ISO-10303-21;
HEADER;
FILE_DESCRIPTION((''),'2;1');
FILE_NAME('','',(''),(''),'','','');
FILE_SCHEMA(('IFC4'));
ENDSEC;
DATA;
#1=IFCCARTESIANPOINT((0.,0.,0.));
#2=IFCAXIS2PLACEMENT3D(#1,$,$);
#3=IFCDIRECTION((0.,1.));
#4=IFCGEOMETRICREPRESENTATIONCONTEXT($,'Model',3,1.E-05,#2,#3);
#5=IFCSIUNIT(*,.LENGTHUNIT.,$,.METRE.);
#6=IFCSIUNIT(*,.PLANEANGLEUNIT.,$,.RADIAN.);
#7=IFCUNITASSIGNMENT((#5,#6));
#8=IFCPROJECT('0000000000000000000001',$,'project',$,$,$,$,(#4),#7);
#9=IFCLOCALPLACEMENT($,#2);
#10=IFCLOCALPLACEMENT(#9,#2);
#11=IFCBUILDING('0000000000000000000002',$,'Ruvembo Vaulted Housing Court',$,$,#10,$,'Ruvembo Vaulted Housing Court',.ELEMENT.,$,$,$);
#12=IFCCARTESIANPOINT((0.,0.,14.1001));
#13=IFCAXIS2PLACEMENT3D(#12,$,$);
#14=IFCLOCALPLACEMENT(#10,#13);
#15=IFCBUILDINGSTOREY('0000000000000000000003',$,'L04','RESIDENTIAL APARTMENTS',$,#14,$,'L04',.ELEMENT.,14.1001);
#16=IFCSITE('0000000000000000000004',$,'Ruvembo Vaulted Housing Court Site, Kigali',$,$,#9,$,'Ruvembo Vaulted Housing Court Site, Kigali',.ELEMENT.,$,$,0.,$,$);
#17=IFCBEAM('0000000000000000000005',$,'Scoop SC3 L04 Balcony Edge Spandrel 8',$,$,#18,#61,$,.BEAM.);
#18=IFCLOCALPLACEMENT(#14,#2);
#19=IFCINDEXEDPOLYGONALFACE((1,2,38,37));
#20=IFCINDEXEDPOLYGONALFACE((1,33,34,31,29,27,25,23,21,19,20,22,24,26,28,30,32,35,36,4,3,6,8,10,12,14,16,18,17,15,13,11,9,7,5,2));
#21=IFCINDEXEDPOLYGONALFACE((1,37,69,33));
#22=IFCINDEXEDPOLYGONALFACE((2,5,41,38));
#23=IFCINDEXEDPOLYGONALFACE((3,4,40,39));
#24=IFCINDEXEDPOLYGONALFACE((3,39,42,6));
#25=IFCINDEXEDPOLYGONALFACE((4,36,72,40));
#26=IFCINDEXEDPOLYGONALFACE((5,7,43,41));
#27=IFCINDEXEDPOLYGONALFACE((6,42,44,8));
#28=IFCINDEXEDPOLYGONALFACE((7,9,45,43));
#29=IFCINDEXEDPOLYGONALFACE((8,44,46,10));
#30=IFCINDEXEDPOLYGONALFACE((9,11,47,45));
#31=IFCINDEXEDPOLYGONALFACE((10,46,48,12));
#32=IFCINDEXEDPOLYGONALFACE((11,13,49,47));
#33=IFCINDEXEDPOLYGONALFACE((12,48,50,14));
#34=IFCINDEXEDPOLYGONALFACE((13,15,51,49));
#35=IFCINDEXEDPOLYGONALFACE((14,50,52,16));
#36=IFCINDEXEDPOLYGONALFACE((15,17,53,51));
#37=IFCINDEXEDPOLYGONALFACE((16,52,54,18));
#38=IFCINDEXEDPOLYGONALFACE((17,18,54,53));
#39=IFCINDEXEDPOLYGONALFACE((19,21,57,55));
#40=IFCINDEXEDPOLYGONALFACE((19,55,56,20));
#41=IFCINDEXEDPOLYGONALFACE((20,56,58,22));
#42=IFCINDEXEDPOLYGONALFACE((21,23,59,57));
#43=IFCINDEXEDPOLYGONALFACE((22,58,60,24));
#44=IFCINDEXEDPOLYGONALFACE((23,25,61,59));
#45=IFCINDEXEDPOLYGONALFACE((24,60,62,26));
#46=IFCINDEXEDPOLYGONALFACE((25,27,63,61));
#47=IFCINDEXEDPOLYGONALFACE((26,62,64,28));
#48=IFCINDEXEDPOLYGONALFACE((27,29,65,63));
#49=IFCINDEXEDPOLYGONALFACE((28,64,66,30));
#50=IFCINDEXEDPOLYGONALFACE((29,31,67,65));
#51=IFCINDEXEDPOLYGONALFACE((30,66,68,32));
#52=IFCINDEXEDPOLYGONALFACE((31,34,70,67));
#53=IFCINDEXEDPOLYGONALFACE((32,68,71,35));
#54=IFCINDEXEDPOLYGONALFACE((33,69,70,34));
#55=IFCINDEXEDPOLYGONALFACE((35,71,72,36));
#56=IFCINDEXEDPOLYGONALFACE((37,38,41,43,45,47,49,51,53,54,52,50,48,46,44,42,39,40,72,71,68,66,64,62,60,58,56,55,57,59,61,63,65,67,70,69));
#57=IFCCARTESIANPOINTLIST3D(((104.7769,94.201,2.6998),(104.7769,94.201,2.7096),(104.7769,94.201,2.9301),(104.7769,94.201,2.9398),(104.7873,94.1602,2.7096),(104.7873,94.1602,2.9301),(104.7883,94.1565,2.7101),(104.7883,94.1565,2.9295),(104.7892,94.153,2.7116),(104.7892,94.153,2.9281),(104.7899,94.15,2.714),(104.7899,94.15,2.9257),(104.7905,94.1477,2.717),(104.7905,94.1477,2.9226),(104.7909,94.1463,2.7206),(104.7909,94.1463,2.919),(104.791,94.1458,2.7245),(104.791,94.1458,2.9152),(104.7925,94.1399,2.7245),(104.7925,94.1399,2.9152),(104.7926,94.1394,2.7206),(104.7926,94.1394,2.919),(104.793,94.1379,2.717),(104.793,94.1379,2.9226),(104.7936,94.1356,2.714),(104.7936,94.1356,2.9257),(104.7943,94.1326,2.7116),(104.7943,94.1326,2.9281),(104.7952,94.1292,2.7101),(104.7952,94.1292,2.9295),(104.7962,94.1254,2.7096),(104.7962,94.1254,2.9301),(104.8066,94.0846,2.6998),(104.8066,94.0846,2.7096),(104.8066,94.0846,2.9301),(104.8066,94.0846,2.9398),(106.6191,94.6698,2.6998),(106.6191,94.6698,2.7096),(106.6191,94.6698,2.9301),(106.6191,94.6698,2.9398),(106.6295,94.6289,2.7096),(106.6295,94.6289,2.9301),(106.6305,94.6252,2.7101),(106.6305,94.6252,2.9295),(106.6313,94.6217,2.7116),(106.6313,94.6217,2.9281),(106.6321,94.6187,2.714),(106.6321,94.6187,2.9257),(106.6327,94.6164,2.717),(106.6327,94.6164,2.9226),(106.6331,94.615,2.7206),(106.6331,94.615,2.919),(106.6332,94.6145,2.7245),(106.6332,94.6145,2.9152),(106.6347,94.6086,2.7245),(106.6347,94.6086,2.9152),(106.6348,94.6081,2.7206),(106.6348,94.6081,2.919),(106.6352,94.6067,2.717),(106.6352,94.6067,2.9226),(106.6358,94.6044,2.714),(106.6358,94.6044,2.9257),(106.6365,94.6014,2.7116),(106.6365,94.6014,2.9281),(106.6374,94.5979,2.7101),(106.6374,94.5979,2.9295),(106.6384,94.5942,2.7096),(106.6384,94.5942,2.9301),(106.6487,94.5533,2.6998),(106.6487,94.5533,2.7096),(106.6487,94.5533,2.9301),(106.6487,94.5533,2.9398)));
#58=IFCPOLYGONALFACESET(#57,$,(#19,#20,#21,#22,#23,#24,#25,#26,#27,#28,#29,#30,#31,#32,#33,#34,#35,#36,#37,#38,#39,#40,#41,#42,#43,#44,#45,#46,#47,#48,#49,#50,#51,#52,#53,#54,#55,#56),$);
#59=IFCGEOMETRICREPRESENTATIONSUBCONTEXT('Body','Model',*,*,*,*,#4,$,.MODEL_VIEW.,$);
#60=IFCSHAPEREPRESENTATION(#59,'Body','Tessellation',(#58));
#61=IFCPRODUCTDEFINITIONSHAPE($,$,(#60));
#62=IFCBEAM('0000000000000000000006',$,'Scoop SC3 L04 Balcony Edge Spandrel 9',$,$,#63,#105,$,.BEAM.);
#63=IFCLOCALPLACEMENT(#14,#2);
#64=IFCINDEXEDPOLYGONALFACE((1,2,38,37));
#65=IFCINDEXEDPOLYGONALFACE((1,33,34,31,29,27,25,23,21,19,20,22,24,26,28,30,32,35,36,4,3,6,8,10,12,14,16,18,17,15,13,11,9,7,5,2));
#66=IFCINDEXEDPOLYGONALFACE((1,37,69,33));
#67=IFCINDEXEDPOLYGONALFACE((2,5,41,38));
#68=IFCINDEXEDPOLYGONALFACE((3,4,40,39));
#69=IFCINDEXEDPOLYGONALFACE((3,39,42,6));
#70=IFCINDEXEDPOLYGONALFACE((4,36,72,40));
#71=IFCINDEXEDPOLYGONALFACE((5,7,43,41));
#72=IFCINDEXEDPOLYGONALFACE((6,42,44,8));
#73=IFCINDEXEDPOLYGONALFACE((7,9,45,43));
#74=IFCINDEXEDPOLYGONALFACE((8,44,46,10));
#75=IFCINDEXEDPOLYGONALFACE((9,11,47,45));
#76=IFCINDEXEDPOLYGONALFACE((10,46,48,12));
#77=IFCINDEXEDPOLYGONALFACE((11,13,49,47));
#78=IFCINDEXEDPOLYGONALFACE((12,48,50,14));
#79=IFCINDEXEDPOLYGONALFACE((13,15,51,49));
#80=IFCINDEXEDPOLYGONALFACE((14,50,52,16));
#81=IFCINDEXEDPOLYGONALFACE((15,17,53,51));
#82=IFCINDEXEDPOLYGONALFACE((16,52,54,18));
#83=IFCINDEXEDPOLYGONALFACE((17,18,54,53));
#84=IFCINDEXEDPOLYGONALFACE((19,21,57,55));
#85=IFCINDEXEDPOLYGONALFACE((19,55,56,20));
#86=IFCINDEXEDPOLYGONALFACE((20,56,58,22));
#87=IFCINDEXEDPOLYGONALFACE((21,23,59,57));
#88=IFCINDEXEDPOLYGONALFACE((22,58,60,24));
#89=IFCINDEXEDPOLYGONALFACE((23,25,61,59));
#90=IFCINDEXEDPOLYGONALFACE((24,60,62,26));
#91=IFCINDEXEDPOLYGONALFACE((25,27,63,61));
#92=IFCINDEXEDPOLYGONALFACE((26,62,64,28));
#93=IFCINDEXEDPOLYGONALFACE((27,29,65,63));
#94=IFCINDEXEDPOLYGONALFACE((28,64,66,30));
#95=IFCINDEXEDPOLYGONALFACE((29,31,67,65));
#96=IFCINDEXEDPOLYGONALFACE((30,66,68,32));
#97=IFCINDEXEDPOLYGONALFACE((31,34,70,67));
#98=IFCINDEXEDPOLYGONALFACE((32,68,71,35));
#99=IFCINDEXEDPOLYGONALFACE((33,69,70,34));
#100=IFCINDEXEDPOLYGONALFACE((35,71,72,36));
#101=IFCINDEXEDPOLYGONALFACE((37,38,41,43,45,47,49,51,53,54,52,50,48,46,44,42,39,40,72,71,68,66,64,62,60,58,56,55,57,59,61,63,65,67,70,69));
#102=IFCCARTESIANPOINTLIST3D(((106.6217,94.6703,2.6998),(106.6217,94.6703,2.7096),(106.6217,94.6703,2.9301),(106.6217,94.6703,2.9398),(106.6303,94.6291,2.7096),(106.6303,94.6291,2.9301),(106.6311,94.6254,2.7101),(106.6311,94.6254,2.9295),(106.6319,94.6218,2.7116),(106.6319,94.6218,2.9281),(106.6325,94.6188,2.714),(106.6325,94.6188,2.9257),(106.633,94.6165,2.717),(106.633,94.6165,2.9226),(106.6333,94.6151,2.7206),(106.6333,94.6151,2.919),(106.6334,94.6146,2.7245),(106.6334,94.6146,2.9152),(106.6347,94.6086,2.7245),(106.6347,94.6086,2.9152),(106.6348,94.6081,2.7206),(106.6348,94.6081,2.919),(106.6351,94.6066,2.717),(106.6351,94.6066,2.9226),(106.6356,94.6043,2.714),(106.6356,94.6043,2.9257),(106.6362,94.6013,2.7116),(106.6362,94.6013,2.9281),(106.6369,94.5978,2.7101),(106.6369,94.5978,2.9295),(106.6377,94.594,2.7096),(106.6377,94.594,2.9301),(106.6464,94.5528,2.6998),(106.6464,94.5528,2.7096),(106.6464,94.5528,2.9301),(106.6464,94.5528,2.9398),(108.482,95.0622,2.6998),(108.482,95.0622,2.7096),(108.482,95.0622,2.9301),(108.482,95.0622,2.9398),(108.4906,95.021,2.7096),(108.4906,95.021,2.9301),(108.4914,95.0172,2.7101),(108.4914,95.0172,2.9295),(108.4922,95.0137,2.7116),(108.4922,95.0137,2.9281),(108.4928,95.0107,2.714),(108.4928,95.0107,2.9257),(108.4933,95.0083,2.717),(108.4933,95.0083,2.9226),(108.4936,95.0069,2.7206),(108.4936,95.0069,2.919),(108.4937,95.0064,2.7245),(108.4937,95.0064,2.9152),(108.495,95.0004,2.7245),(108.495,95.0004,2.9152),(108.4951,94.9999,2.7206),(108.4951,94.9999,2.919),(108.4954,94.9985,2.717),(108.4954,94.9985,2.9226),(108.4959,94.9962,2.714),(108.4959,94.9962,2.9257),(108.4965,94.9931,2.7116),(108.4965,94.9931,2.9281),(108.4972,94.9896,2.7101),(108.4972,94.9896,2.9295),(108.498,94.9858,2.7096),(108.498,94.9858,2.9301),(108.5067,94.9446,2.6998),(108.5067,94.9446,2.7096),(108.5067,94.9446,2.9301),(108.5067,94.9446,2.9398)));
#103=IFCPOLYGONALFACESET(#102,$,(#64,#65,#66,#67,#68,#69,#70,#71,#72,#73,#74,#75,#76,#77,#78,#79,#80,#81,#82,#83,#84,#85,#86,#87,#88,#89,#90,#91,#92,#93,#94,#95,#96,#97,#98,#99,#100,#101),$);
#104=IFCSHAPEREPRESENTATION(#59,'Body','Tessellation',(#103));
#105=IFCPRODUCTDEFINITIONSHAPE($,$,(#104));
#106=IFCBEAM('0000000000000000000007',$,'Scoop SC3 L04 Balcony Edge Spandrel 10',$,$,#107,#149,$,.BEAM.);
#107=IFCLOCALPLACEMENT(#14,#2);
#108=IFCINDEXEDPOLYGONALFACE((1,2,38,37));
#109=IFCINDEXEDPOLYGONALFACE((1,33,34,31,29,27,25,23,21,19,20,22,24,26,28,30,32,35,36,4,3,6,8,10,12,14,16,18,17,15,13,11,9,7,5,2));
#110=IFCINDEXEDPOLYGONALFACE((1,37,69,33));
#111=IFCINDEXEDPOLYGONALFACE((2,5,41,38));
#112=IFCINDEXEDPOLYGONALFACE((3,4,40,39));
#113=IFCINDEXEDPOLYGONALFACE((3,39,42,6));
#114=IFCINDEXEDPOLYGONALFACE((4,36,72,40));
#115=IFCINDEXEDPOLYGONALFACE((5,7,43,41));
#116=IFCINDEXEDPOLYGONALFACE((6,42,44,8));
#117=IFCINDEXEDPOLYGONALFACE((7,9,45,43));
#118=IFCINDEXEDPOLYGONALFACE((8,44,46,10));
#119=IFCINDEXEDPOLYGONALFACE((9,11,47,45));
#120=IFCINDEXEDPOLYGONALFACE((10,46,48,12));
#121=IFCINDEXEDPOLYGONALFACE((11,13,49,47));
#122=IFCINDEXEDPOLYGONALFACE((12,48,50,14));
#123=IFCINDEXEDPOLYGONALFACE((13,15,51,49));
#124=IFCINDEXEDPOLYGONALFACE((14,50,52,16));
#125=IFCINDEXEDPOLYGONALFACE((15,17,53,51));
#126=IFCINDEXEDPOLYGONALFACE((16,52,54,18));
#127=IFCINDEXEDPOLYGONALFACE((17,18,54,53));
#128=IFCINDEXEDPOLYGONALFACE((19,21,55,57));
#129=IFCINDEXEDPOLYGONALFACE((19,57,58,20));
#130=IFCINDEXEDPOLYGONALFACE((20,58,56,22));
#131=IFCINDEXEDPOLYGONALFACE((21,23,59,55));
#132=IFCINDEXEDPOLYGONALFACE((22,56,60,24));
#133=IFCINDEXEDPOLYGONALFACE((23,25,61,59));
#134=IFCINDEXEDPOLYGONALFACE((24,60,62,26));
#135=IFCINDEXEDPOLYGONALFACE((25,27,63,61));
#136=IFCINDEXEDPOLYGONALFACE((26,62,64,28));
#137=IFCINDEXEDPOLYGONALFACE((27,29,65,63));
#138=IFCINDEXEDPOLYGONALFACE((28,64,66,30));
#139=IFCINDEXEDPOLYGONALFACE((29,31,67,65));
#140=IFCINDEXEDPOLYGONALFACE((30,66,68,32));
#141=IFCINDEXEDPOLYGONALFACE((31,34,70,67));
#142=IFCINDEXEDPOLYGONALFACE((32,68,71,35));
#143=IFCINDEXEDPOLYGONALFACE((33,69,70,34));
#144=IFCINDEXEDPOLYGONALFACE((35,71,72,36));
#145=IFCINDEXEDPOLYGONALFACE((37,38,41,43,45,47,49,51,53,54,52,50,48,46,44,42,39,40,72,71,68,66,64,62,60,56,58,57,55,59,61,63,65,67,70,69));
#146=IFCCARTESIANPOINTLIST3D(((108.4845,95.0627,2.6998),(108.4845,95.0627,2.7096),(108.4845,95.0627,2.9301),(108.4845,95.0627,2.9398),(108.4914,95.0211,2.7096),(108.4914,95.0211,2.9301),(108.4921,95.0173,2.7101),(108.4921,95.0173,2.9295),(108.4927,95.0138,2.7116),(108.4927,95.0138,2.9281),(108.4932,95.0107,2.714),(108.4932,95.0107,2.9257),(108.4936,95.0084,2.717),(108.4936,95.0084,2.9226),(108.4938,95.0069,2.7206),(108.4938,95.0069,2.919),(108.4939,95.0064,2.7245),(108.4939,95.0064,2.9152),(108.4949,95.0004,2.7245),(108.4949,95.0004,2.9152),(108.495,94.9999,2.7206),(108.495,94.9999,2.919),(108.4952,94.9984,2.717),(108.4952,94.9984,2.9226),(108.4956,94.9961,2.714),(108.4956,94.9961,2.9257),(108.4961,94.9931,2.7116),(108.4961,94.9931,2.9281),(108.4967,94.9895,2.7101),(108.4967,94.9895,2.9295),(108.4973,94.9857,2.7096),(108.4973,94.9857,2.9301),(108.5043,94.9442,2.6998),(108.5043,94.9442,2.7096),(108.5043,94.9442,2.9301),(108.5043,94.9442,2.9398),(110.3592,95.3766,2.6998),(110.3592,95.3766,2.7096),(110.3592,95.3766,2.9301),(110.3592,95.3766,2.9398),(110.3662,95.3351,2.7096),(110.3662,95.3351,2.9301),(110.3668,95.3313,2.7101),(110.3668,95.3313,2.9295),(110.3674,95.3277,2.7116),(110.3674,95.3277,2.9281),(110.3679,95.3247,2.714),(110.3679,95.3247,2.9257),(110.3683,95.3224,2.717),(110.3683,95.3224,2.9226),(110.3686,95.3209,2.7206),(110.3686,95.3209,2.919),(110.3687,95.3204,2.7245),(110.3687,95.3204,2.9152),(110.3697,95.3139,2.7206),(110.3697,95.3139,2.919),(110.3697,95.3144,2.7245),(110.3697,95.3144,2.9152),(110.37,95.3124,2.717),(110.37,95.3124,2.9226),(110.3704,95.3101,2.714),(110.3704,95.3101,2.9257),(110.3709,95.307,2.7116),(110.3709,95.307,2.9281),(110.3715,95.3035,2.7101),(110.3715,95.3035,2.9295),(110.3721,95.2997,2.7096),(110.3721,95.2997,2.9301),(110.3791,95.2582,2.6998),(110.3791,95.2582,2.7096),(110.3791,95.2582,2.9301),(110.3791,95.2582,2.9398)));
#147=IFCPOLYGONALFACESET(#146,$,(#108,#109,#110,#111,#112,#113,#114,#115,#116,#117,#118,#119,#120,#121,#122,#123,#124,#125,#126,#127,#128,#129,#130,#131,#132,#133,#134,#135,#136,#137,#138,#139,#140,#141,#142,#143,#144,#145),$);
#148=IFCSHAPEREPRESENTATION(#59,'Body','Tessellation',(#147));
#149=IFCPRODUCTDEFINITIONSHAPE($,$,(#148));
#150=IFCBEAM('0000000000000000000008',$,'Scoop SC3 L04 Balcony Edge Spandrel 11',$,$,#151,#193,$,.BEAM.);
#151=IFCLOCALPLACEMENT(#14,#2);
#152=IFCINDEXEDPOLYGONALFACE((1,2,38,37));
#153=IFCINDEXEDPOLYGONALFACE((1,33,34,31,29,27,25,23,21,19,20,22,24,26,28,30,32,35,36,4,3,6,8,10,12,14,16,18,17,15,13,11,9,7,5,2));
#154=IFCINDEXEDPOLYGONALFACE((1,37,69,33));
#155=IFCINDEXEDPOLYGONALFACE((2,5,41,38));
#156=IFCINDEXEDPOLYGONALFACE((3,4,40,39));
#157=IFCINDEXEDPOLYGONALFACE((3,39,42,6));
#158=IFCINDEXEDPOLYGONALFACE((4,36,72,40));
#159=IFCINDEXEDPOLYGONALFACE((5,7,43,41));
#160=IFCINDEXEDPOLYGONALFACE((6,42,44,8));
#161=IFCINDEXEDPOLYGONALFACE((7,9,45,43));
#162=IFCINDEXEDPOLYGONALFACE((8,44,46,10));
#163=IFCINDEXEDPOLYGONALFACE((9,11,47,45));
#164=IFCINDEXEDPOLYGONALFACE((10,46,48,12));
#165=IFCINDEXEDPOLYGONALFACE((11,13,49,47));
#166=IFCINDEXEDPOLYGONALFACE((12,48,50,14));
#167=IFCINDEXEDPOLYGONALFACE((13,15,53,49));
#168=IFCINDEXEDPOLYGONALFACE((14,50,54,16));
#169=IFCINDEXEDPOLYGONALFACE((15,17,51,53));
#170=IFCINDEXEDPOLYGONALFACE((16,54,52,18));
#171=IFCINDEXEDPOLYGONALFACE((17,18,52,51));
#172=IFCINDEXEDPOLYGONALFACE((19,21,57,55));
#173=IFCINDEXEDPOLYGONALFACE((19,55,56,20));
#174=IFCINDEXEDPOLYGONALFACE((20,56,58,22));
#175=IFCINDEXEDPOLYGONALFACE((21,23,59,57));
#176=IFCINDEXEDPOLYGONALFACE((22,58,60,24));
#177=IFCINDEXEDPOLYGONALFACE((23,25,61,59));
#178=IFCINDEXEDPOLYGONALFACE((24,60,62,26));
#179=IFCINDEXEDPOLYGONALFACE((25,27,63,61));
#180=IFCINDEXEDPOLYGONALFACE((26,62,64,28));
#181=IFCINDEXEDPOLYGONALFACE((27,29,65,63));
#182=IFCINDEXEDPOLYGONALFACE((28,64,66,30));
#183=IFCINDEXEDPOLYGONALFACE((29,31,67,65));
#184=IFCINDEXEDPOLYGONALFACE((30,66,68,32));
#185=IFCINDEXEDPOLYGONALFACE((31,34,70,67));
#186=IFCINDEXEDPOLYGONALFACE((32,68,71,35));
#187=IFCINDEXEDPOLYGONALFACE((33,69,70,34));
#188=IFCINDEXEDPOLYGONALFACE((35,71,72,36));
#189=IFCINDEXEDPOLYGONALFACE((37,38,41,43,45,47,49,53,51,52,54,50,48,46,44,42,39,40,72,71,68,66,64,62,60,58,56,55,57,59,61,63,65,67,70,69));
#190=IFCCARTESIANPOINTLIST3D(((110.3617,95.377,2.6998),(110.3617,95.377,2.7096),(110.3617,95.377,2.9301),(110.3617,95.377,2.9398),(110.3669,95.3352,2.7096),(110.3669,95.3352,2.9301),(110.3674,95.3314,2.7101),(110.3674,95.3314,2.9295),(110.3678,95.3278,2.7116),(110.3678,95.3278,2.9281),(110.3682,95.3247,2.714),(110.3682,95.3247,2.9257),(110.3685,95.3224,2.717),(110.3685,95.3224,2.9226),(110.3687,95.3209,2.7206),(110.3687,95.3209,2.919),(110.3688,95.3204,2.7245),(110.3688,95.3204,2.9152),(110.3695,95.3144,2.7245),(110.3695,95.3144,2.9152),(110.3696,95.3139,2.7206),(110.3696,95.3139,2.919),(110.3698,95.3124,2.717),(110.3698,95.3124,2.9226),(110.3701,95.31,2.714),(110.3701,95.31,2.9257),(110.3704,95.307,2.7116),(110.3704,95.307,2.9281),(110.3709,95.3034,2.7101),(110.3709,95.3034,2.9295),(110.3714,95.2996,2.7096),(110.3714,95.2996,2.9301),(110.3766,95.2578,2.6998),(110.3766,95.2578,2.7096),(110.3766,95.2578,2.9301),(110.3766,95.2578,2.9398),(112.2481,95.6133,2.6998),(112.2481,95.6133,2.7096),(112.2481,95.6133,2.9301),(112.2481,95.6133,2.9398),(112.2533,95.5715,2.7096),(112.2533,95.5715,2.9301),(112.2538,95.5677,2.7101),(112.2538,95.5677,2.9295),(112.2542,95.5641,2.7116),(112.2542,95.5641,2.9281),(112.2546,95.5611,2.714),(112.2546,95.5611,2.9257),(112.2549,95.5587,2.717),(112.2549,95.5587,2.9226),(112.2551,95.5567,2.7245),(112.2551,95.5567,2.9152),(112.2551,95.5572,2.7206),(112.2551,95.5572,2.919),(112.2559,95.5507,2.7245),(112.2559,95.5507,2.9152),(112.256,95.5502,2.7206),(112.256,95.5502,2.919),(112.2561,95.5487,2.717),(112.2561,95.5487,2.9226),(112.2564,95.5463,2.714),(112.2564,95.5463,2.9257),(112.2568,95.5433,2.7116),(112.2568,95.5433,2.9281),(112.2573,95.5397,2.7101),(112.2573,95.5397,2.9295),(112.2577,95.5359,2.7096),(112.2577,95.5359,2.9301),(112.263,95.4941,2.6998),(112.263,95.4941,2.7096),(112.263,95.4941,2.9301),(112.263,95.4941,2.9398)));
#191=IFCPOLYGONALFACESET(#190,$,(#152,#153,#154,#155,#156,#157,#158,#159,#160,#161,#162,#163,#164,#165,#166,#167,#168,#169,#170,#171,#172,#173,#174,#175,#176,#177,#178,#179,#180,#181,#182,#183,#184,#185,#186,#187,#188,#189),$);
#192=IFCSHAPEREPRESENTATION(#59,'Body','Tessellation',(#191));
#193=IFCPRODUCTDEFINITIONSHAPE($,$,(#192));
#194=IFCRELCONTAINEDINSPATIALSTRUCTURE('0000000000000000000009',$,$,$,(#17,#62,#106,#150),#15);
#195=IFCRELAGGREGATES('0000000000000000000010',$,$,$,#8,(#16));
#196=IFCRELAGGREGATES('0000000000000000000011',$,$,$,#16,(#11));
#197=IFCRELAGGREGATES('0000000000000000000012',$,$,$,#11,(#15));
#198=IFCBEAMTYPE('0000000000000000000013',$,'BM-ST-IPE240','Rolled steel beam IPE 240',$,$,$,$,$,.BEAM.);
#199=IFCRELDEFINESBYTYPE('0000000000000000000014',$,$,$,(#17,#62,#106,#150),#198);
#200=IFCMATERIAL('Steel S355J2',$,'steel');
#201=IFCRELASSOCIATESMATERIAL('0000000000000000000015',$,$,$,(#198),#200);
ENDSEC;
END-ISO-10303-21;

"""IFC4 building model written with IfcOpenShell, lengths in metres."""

from ifc_helpers import new_model, si_unit, direction, frame, origin, origin_2d, place, context, subcontext, project, spatial, i_section, extrude, material, material_profile, profile_set, type_object, element, save


model = new_model("IFC4")

# Units and contexts
model_context = context("Model", 3, precision=1e-05, world=origin(), true_north=direction((0.0, 1.0)))
body_context = subcontext(model_context, "Body", "Model", "MODEL_VIEW")
ifc_project = project(units=[si_unit("LENGTHUNIT", "METRE"), si_unit("PLANEANGLEUNIT", "RADIAN")], contexts=[model_context])

# Site, building, storey
site_placement = place(None, origin())
site = spatial("IfcSite", under=ifc_project, at=site_placement, Name="Ruvembo Vaulted Housing Court Site, Kigali", LongName="Ruvembo Vaulted Housing Court Site, Kigali", CompositionType="ELEMENT", RefElevation=0.0)
building_placement = place(site_placement, origin())
building = spatial("IfcBuilding", under=site, at=building_placement, Name="Ruvembo Vaulted Housing Court", LongName="Ruvembo Vaulted Housing Court", CompositionType="ELEMENT")
storey_placement = place(building_placement, frame((0.0, 0.0, 14.1001)))
storey = spatial("IfcBuildingStorey", under=building, at=storey_placement, Name="L04", Description="RESIDENTIAL APARTMENTS", LongName="L04", CompositionType="ELEMENT", Elevation=14.1001)

# Beams
ifc_material_1 = material(Name="Steel S355J2", Category="steel")
ifc_material_profile_1 = material_profile(ifc_material_1, i_section(OverallWidth=0.1201, OverallDepth=0.24, WebThickness=0.0061, FlangeThickness=0.0098, FilletRadius=0.0149, at=origin_2d()), Name="IPE 240")
ifc_profile_set_1 = profile_set([ifc_material_profile_1], Name="Steel S355J2")
beam_type = type_object("IfcBeamType", Name="BM-ST-IPE240", Description="Rolled steel beam IPE 240", PredefinedType="BEAM", material=ifc_profile_set_1)
beam_1_placement = place(storey_placement, frame((104.7917, 94.1428, 2.8198), z_axis=(0.969122, 0.246583, 0.0), x_axis=(-0.246583, 0.969122, 0.0)))
element("IfcBeam", 1, at=beam_1_placement, inside=storey, type_object=beam_type, Name="Scoop SC3 L04 Balcony Edge Spandrel 8", PredefinedType="BEAM", context=body_context, shape_type="SweptSolid", body=[
    extrude(i_section(OverallWidth=0.1201, OverallDepth=0.24, WebThickness=0.0061, FlangeThickness=0.0098, FilletRadius=0.0149, at=origin_2d()), origin(), (0.0, 0.0, 1.0), 1.9009),
])
beam_2_placement = place(storey_placement, frame((106.634, 94.6116, 2.8198), z_axis=(0.978529, 0.206108, 0.0), x_axis=(-0.206108, 0.978529, 0.0)))
element("IfcBeam", 2, at=beam_2_placement, inside=storey, type_object=beam_type, Name="Scoop SC3 L04 Balcony Edge Spandrel 9", PredefinedType="BEAM", context=body_context, shape_type="SweptSolid", body=[
    extrude(i_section(OverallWidth=0.1201, OverallDepth=0.24, WebThickness=0.0061, FlangeThickness=0.0098, FilletRadius=0.0149, at=origin_2d()), origin(), (0.0, 0.0, 1.0), 1.9011),
])
beam_3_placement = place(storey_placement, frame((108.4944, 95.0034, 2.8198), z_axis=(0.986265, 0.16517, 0.0), x_axis=(-0.16517, 0.986265, 0.0)))
element("IfcBeam", 3, at=beam_3_placement, inside=storey, type_object=beam_type, Name="Scoop SC3 L04 Balcony Edge Spandrel 10", PredefinedType="BEAM", context=body_context, shape_type="SweptSolid", body=[
    extrude(i_section(OverallWidth=0.1201, OverallDepth=0.24, WebThickness=0.0061, FlangeThickness=0.0098, FilletRadius=0.0149, at=origin_2d()), origin(), (0.0, 0.0, 1.0), 1.9009),
])
beam_4_placement = place(storey_placement, frame((110.3691, 95.3174, 2.8198), z_axis=(0.992244, 0.124303, 0.0), x_axis=(-0.124303, 0.992244, 0.0)))
element("IfcBeam", 4, at=beam_4_placement, inside=storey, type_object=beam_type, Name="Scoop SC3 L04 Balcony Edge Spandrel 11", PredefinedType="BEAM", context=body_context, shape_type="SweptSolid", body=[
    extrude(i_section(OverallWidth=0.1201, OverallDepth=0.24, WebThickness=0.0061, FlangeThickness=0.0098, FilletRadius=0.0149, at=origin_2d()), origin(), (0.0, 0.0, 1.0), 1.9011),
])

save(model, "model.ifc")
